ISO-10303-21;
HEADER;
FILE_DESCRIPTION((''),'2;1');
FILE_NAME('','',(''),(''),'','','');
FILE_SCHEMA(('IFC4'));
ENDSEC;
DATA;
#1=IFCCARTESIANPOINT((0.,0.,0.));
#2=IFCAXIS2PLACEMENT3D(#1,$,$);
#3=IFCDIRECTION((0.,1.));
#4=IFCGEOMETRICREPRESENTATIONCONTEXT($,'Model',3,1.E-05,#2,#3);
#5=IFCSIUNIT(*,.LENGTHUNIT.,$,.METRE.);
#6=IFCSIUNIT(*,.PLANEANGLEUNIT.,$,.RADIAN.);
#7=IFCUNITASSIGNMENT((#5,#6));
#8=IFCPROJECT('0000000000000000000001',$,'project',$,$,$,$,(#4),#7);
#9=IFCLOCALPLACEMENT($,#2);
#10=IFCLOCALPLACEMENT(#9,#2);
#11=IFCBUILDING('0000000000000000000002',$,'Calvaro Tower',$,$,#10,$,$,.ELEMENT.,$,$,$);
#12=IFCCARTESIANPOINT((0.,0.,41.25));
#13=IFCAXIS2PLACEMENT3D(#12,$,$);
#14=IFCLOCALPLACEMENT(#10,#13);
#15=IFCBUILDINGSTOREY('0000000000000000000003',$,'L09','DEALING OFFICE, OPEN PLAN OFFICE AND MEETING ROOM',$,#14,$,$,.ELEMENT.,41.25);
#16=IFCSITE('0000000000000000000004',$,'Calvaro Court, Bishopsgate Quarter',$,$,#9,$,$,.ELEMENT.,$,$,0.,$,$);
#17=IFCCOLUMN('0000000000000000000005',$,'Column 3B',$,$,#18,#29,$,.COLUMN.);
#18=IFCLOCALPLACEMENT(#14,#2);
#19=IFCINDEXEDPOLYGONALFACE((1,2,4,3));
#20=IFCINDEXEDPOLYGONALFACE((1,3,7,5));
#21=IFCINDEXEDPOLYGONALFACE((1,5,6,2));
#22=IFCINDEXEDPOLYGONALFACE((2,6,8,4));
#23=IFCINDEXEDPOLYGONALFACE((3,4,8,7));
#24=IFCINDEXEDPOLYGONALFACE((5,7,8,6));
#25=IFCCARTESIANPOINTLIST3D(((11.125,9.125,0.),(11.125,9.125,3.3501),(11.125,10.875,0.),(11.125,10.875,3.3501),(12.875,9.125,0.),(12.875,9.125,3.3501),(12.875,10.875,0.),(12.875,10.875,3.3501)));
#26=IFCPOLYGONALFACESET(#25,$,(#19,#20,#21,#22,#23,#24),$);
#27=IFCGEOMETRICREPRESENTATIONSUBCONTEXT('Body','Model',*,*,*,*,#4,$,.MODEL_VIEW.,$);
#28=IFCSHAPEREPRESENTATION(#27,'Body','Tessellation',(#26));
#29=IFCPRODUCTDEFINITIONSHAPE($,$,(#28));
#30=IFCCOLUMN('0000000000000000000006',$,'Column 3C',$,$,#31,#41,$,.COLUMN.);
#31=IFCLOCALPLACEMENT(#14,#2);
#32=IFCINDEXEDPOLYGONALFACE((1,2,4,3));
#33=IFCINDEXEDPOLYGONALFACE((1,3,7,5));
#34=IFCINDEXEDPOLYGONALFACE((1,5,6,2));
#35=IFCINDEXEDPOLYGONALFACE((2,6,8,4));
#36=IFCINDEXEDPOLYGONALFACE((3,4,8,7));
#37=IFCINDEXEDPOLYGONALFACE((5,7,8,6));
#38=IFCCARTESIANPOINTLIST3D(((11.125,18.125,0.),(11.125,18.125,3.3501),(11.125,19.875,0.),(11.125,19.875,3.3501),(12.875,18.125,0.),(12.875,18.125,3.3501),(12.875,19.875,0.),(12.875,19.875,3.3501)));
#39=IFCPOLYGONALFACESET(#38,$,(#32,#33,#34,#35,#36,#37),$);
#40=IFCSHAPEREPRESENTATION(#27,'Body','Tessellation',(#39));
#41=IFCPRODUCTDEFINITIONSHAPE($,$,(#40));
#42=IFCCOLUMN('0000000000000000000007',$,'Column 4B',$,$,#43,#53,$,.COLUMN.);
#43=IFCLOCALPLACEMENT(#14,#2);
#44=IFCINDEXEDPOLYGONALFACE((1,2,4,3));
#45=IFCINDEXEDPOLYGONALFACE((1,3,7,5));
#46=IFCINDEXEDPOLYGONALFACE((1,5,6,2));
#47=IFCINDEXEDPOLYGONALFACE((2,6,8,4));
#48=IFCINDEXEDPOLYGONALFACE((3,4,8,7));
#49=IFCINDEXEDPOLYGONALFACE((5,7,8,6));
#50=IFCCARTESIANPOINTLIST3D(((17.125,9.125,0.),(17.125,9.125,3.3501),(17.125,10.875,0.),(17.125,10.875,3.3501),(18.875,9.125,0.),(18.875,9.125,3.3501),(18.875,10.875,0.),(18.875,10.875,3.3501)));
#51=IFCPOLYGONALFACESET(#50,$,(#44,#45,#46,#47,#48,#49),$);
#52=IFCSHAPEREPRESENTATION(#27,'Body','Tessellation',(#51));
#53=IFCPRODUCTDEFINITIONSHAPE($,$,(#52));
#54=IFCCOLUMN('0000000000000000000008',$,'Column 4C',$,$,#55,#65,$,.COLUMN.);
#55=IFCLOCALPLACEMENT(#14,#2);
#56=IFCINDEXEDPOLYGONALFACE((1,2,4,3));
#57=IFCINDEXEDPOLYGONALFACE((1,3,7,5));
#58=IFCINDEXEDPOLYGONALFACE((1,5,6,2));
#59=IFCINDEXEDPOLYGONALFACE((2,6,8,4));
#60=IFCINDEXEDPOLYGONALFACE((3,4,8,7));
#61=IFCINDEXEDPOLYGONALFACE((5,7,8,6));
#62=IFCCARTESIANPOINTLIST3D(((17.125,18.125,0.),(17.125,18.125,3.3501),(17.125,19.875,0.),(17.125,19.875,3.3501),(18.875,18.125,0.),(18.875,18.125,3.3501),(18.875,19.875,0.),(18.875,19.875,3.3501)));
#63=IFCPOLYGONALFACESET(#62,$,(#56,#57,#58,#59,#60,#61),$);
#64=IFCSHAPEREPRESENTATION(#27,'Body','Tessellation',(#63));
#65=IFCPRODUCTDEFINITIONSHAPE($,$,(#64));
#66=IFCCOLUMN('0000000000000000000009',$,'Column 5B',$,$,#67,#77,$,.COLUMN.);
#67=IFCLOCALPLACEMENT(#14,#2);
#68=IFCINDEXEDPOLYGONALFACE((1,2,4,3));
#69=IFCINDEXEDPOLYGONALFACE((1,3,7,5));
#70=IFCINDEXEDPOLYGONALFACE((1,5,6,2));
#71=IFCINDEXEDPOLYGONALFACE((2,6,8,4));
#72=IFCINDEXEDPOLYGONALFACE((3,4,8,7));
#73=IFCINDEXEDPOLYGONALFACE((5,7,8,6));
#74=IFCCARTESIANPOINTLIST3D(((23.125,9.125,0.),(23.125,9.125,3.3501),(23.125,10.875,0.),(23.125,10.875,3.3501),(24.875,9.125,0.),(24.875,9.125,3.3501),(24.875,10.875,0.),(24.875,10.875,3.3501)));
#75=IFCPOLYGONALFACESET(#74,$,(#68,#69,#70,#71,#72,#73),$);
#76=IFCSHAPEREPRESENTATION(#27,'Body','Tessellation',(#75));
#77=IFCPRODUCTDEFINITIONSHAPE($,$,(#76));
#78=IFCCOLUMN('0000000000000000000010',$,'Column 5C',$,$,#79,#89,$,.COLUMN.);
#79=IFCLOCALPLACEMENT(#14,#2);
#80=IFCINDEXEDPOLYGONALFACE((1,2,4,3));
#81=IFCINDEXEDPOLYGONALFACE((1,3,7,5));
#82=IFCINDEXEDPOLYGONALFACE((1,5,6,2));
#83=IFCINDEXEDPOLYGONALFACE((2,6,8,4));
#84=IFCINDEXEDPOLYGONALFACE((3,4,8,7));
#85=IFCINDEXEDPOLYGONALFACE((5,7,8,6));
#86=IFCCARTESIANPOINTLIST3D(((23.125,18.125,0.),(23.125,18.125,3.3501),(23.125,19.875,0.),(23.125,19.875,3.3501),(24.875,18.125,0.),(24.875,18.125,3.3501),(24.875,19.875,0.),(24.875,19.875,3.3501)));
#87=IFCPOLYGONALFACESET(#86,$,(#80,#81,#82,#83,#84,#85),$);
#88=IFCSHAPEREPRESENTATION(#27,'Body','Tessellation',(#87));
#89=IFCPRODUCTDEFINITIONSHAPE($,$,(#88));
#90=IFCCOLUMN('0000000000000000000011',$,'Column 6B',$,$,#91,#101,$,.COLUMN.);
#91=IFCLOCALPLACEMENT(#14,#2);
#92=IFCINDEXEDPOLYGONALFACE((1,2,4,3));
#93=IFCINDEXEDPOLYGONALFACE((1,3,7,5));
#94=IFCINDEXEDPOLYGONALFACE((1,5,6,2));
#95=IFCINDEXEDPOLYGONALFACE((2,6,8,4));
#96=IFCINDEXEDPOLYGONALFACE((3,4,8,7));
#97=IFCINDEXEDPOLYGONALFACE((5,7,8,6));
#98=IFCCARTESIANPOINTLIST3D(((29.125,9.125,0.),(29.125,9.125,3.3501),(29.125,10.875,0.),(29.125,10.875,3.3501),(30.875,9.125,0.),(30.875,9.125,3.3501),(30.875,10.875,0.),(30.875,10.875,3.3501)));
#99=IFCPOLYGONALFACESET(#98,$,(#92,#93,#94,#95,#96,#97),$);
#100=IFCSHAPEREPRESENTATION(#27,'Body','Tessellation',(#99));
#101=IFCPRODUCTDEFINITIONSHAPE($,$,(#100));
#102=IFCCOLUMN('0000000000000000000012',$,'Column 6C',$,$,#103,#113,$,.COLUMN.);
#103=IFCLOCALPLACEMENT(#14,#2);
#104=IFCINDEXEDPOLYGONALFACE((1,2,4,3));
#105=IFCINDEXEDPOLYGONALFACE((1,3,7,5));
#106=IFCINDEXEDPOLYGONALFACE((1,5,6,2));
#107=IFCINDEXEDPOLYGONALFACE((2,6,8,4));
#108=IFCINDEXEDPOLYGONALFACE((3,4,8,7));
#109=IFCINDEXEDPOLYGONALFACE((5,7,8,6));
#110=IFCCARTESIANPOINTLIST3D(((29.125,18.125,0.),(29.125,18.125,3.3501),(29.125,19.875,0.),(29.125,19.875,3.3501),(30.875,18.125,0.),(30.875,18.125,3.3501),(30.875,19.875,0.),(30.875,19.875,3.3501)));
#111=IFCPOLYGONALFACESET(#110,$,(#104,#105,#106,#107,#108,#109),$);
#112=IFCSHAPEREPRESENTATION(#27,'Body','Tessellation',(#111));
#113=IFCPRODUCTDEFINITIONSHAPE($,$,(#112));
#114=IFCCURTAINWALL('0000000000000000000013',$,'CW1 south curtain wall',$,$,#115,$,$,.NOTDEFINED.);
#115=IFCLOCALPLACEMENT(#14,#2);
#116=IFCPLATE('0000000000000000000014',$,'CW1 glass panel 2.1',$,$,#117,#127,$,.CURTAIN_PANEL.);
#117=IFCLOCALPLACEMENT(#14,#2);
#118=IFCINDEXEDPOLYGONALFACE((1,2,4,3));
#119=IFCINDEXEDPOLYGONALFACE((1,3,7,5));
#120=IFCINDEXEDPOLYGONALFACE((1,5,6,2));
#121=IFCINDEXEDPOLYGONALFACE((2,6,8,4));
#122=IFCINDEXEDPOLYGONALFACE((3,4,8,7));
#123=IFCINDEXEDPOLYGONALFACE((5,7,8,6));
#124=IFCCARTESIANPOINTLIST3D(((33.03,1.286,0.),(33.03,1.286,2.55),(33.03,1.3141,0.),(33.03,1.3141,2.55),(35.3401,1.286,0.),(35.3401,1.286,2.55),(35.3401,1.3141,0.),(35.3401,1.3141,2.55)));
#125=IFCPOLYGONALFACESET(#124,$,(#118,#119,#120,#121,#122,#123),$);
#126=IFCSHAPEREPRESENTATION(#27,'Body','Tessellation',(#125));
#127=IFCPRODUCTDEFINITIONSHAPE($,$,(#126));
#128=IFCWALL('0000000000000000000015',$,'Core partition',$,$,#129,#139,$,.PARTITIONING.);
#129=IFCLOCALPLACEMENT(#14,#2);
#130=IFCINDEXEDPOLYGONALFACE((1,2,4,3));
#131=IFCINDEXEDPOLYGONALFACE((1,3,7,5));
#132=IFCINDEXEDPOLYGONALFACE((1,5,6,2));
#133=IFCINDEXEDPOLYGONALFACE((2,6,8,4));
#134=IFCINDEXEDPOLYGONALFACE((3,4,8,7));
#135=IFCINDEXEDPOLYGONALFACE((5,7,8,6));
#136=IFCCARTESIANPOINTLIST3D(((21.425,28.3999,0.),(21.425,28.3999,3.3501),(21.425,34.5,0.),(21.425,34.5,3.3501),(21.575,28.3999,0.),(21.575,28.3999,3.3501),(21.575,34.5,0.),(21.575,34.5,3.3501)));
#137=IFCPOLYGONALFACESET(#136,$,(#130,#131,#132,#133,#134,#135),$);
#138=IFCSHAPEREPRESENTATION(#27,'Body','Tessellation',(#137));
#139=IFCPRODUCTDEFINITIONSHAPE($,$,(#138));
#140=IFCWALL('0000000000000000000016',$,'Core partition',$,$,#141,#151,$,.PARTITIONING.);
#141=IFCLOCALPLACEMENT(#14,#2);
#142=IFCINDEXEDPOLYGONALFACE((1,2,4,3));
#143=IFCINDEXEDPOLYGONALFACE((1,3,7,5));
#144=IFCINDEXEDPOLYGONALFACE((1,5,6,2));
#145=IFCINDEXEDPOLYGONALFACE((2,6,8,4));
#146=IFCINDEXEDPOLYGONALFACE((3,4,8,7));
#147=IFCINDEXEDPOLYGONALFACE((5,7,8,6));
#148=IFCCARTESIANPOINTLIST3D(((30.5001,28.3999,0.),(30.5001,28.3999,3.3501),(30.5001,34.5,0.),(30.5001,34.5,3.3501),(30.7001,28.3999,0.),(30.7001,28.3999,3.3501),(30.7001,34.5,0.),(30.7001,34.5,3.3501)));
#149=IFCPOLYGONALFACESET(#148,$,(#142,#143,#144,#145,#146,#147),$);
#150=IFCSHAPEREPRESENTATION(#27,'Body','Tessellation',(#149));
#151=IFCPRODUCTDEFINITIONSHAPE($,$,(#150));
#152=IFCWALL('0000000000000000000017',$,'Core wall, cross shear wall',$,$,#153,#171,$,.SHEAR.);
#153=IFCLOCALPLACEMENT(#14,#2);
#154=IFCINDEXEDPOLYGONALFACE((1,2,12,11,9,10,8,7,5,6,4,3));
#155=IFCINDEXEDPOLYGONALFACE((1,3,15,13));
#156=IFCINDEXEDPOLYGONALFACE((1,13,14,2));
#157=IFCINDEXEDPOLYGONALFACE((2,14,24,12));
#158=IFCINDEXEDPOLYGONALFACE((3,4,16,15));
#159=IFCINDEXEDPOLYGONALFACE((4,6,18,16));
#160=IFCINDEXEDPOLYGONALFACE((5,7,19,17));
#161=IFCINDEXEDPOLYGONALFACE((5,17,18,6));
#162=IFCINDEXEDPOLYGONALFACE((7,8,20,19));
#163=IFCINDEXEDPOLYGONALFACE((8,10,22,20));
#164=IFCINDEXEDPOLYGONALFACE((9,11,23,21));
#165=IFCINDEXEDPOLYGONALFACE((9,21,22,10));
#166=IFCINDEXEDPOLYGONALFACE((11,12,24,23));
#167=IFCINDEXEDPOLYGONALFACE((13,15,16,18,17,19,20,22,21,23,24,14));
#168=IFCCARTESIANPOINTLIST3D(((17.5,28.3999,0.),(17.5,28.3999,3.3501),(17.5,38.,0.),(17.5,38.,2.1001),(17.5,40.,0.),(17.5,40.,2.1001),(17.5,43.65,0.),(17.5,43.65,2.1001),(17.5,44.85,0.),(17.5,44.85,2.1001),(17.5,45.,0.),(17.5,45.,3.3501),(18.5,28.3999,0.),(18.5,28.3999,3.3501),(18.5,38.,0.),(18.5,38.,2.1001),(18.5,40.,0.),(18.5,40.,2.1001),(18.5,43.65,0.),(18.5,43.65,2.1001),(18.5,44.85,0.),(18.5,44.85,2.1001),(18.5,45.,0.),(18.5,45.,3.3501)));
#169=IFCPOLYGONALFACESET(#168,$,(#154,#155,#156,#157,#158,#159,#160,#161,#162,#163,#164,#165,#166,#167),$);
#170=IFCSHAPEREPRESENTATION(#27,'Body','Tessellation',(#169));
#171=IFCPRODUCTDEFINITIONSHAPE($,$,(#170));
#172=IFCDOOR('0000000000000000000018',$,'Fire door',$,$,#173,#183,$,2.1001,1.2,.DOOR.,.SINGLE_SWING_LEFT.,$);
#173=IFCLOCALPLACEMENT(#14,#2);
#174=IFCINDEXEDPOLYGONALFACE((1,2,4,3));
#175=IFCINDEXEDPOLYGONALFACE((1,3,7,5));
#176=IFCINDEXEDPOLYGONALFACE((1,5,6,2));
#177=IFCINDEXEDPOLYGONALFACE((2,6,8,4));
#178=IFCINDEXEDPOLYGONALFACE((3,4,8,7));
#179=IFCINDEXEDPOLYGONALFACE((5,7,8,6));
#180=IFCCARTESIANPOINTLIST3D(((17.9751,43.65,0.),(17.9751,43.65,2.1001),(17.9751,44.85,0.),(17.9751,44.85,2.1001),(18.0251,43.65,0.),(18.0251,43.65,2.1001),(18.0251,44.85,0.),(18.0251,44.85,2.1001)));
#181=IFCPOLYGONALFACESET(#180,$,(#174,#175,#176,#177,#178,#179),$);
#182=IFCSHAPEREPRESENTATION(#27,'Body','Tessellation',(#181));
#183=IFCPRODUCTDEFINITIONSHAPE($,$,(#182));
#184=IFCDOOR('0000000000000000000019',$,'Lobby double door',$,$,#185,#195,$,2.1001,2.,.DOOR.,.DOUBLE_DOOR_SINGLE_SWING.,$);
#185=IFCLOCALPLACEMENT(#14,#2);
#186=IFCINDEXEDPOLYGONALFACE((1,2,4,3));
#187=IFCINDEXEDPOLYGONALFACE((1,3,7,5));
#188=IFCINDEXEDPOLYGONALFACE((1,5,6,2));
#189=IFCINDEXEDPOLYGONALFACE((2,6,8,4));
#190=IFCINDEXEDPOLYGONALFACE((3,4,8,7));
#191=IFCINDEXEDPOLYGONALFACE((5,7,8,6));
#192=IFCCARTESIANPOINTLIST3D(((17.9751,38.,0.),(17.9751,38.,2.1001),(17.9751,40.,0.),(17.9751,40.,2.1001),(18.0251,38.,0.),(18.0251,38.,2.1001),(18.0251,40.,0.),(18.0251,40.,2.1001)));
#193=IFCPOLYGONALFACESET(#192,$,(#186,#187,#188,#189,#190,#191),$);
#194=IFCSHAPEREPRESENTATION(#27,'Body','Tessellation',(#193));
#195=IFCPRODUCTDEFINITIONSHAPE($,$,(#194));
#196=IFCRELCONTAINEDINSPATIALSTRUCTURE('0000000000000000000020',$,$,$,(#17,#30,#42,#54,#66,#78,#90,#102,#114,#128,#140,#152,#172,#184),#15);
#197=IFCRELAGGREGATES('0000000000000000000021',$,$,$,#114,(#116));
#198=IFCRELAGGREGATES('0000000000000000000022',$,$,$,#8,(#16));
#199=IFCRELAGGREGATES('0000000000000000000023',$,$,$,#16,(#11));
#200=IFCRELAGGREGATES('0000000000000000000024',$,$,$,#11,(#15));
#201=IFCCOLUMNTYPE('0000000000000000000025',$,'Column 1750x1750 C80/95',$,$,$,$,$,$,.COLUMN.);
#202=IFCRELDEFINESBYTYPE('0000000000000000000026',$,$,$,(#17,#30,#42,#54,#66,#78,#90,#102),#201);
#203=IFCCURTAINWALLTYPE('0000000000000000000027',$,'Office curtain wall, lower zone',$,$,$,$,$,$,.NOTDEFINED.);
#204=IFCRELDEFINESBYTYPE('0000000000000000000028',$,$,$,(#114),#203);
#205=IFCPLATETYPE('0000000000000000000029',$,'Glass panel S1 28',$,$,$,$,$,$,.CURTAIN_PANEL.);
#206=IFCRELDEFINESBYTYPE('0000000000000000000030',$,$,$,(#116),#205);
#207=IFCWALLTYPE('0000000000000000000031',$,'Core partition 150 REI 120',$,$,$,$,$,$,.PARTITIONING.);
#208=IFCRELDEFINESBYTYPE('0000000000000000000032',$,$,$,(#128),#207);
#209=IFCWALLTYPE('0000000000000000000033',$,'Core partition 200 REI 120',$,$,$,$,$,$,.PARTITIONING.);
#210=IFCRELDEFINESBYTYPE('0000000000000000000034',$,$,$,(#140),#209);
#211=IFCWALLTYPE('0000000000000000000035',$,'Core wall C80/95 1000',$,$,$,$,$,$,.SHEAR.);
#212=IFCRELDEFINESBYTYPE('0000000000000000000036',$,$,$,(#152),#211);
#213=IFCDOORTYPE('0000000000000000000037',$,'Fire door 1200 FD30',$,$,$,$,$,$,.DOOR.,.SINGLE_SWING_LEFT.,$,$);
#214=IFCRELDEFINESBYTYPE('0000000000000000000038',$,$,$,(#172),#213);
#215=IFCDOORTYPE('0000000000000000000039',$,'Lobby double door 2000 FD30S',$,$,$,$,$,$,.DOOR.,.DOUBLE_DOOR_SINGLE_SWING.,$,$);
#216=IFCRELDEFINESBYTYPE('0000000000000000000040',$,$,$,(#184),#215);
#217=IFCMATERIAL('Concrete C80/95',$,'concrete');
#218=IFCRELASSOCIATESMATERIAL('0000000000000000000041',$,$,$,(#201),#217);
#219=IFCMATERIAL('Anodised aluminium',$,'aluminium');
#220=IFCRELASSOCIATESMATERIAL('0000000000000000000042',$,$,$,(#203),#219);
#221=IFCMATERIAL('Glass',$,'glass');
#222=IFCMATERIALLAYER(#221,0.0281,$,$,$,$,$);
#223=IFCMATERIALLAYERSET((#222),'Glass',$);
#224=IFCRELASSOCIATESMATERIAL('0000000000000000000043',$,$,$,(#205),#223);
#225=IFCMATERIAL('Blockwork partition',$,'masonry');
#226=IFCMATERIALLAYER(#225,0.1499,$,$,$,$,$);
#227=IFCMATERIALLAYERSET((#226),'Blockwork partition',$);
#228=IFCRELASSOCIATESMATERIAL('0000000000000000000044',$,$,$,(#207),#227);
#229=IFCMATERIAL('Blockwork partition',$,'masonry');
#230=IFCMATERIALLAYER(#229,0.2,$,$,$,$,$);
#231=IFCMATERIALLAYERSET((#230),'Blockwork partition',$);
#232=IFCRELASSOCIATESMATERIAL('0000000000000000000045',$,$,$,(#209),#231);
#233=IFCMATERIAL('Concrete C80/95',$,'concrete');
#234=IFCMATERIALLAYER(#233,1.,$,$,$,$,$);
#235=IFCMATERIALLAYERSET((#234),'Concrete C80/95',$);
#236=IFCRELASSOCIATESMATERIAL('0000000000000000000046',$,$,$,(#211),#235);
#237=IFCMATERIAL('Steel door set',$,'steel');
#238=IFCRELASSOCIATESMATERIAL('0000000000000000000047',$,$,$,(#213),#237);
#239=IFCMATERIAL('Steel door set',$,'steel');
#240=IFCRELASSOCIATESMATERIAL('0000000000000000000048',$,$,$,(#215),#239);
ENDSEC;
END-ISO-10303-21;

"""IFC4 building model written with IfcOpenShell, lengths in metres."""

from ifc_helpers import new_model, si_unit, direction, frame, frame_2d, origin, origin_2d, place, context, subcontext, project, spatial, rectangle, extrude, material, layer, layer_set, material_profile, profile_set, type_object, element, fill, aggregate, save


model = new_model("IFC4")

# Units and contexts
model_context = context("Model", 3, precision=1e-05, world=origin(), true_north=direction((0.0, 1.0)))
body_context = subcontext(model_context, "Body", "Model", "MODEL_VIEW")
ifc_project = project(units=[si_unit("LENGTHUNIT", "METRE"), si_unit("PLANEANGLEUNIT", "RADIAN")], contexts=[model_context])

# Site, building, storey
site_placement = place(None, origin())
site = spatial("IfcSite", under=ifc_project, at=site_placement, Name="Calvaro Court, Bishopsgate Quarter", CompositionType="ELEMENT", RefElevation=0.0)
building_placement = place(site_placement, origin())
building = spatial("IfcBuilding", under=site, at=building_placement, Name="Calvaro Tower", CompositionType="ELEMENT")
storey_placement = place(building_placement, frame((0.0, 0.0, 41.25)))
storey = spatial("IfcBuildingStorey", under=building, at=storey_placement, Name="L09", Description="DEALING OFFICE, OPEN PLAN OFFICE AND MEETING ROOM", CompositionType="ELEMENT", Elevation=41.25)

# Columns
ifc_material_1 = material(Name="Concrete C80/95", Category="concrete")
ifc_material_profile = material_profile(ifc_material_1, rectangle(XDim=1.75, YDim=1.75, at=origin_2d()), Name="RC 1750x1750")
ifc_profile_set = profile_set([ifc_material_profile], Name="Concrete C80/95")
column_type = type_object("IfcColumnType", Name="Column 1750x1750 C80/95", PredefinedType="COLUMN", material=ifc_profile_set)
for number, where, z_axis, x_axis, name in (
    (1, (12.0, 10.0, 0.0), (0.0, 0.0, 1.0), (1.0, 0.0, 0.0), "Column 3B"),
    (2, (12.0, 19.0, 0.0), (0.0, 0.0, 1.0), (1.0, 0.0, 0.0), "Column 3C"),
    (3, (18.0, 10.0, 0.0), (0.0, 0.0, 1.0), (1.0, 0.0, 0.0), "Column 4B"),
    (4, (18.0, 19.0, 0.0), (0.0, 0.0, 1.0), (1.0, 0.0, 0.0), "Column 4C"),
    (5, (24.0, 10.0, 0.0), (0.0, 0.0, 1.0), (1.0, 0.0, 0.0), "Column 5B"),
    (6, (24.0, 19.0, 0.0), (0.0, 0.0, 1.0), (1.0, 0.0, 0.0), "Column 5C"),
    (7, (30.0, 10.0, 0.0), (0.0, 0.0, 1.0), (1.0, 0.0, 0.0), "Column 6B"),
    (8, (30.0, 19.0, 0.0), (0.0, 0.0, 1.0), (1.0, 0.0, 0.0), "Column 6C"),
):
    element("IfcColumn", number, at=place(storey_placement, frame(where, z_axis=z_axis, x_axis=x_axis)), inside=storey, type_object=column_type, Name=name, PredefinedType="COLUMN", context=body_context, shape_type="SweptSolid", body=[
        extrude(rectangle(XDim=1.75, YDim=1.75, at=origin_2d()), origin(), (0.0, 0.0, 1.0), 3.3501),
    ])

# Curtain wall, plate
ifc_material_2 = material(Name="Anodised aluminium", Category="aluminium")
curtain_wall_type = type_object("IfcCurtainWallType", Name="Office curtain wall, lower zone", PredefinedType="NOTDEFINED", material=ifc_material_2)
curtain_wall_placement = place(storey_placement, origin())
curtain_wall = element("IfcCurtainWall", 9, at=curtain_wall_placement, inside=storey, type_object=curtain_wall_type, Name="CW1 south curtain wall", PredefinedType="NOTDEFINED")
ifc_material_3 = material(Name="Glass", Category="glass")
ifc_layer_1 = layer(ifc_material_3, 0.0281)
ifc_layer_set_1 = layer_set([ifc_layer_1], Name="Glass")
plate_type = type_object("IfcPlateType", Name="Glass panel S1 28", PredefinedType="CURTAIN_PANEL", material=ifc_layer_set_1)
plate_placement = place(storey_placement, frame((34.1851, 1.3, 0.0), z_axis=(0.0, 0.0, 1.0), x_axis=(1.0, 0.0, 0.0)))
plate = element("IfcPlate", 10, at=plate_placement, type_object=plate_type, Name="CW1 glass panel 2.1", PredefinedType="CURTAIN_PANEL", context=body_context, shape_type="SweptSolid", body=[
    extrude(rectangle(XDim=2.3101, YDim=0.0281, at=origin_2d()), origin(), (0.0, 0.0, 1.0), 2.55),
])
aggregate(curtain_wall, [plate])

# Walls
ifc_material_4 = material(Name="Blockwork partition", Category="masonry")
ifc_layer_2 = layer(ifc_material_4, 0.1499)
ifc_layer_set_2 = layer_set([ifc_layer_2], Name="Blockwork partition")
wall_type_1 = type_object("IfcWallType", Name="Core partition 150 REI 120", PredefinedType="PARTITIONING", material=ifc_layer_set_2)
wall_1_placement = place(storey_placement, frame((21.5, 28.3999, 0.0), z_axis=(0.0, 0.0, 1.0), x_axis=(0.0, 1.0, 0.0)))
element("IfcWall", 11, at=wall_1_placement, inside=storey, type_object=wall_type_1, Name="Core partition", PredefinedType="PARTITIONING", context=body_context, shape_type="SweptSolid", body=[
    extrude(rectangle(XDim=6.1001, YDim=0.1499, at=frame_2d((3.05, 0.0))), origin(), (0.0, 0.0, 1.0), 3.3501),
])
ifc_material_5 = material(Name="Blockwork partition", Category="masonry")
ifc_layer_3 = layer(ifc_material_5, 0.2)
ifc_layer_set_3 = layer_set([ifc_layer_3], Name="Blockwork partition")
wall_type_2 = type_object("IfcWallType", Name="Core partition 200 REI 120", PredefinedType="PARTITIONING", material=ifc_layer_set_3)
wall_2_placement = place(storey_placement, frame((30.6001, 28.3999, 0.0), z_axis=(0.0, 0.0, 1.0), x_axis=(0.0, 1.0, 0.0)))
element("IfcWall", 12, at=wall_2_placement, inside=storey, type_object=wall_type_2, Name="Core partition", PredefinedType="PARTITIONING", context=body_context, shape_type="SweptSolid", body=[
    extrude(rectangle(XDim=6.1001, YDim=0.2, at=frame_2d((3.05, 0.0))), origin(), (0.0, 0.0, 1.0), 3.3501),
])

# Wall, openings, doors
ifc_material_6 = material(Name="Concrete C80/95", Category="concrete")
ifc_layer_4 = layer(ifc_material_6, 1.0)
ifc_layer_set_4 = layer_set([ifc_layer_4], Name="Concrete C80/95")
wall_type_3 = type_object("IfcWallType", Name="Core wall C80/95 1000", PredefinedType="SHEAR", material=ifc_layer_set_4)
wall_3_placement = place(storey_placement, frame((18.0, 28.3999, 0.0), z_axis=(0.0, 0.0, 1.0), x_axis=(0.0, 1.0, 0.0)))
wall_3 = element("IfcWall", 13, at=wall_3_placement, inside=storey, type_object=wall_type_3, Name="Core wall, cross shear wall", PredefinedType="SHEAR", context=body_context, shape_type="SweptSolid", body=[
    extrude(rectangle(XDim=16.6001, YDim=1.0, at=frame_2d((8.3, 0.0))), origin(), (0.0, 0.0, 1.0), 3.3501),
])
opening_1_placement = place(wall_3_placement, frame((9.6001, 0.0, 0.0)))
opening_1 = element("IfcOpeningElement", 14, at=opening_1_placement, cuts=wall_3, PredefinedType="OPENING", context=body_context, shape_type="SweptSolid", body=[
    extrude(rectangle(XDim=2.0, YDim=2.1001, at=frame_2d((1.0, 1.05))), frame((0.0, 0.51, 0.0), z_axis=(0.0, -1.0, 0.0), x_axis=(1.0, 0.0, 0.0)), (0.0, 0.0, 1.0), 1.02),
])
opening_2_placement = place(wall_3_placement, frame((15.25, 0.0, 0.0)))
opening_2 = element("IfcOpeningElement", 15, at=opening_2_placement, cuts=wall_3, PredefinedType="OPENING", context=body_context, shape_type="SweptSolid", body=[
    extrude(rectangle(XDim=1.2, YDim=2.1001, at=frame_2d((0.6001, 1.05))), frame((0.0, 0.51, 0.0), z_axis=(0.0, -1.0, 0.0), x_axis=(1.0, 0.0, 0.0)), (0.0, 0.0, 1.0), 1.02),
])
ifc_material_7 = material(Name="Steel door set", Category="steel")
door_type_1 = type_object("IfcDoorType", Name="Fire door 1200 FD30", OperationType="SINGLE_SWING_LEFT", PredefinedType="DOOR", material=ifc_material_7)
door_1_placement = place(opening_2_placement, origin())
door_1 = element("IfcDoor", 16, at=door_1_placement, inside=storey, type_object=door_type_1, Name="Fire door", OperationType="SINGLE_SWING_LEFT", OverallHeight=2.1001, OverallWidth=1.2, PredefinedType="DOOR", context=body_context, shape_type="SweptSolid", body=[
    extrude(rectangle(XDim=1.2, YDim=2.1001, at=frame_2d((0.6001, 1.05))), frame((0.0, 0.0249, 0.0), z_axis=(0.0, -1.0, 0.0), x_axis=(1.0, 0.0, 0.0)), (0.0, 0.0, 1.0), 0.05),
])
fill(opening_2, door_1)
ifc_material_8 = material(Name="Steel door set", Category="steel")
door_type_2 = type_object("IfcDoorType", Name="Lobby double door 2000 FD30S", OperationType="DOUBLE_DOOR_SINGLE_SWING", PredefinedType="DOOR", material=ifc_material_8)
door_2_placement = place(opening_1_placement, origin())
door_2 = element("IfcDoor", 17, at=door_2_placement, inside=storey, type_object=door_type_2, Name="Lobby double door", OperationType="DOUBLE_DOOR_SINGLE_SWING", OverallHeight=2.1001, OverallWidth=2.0, PredefinedType="DOOR", context=body_context, shape_type="SweptSolid", body=[
    extrude(rectangle(XDim=2.0, YDim=2.1001, at=frame_2d((1.0, 1.05))), frame((0.0, 0.0249, 0.0), z_axis=(0.0, -1.0, 0.0), x_axis=(1.0, 0.0, 0.0)), (0.0, 0.0, 1.0), 0.05),
])
fill(opening_1, door_2)

save(model, "model.ifc")
